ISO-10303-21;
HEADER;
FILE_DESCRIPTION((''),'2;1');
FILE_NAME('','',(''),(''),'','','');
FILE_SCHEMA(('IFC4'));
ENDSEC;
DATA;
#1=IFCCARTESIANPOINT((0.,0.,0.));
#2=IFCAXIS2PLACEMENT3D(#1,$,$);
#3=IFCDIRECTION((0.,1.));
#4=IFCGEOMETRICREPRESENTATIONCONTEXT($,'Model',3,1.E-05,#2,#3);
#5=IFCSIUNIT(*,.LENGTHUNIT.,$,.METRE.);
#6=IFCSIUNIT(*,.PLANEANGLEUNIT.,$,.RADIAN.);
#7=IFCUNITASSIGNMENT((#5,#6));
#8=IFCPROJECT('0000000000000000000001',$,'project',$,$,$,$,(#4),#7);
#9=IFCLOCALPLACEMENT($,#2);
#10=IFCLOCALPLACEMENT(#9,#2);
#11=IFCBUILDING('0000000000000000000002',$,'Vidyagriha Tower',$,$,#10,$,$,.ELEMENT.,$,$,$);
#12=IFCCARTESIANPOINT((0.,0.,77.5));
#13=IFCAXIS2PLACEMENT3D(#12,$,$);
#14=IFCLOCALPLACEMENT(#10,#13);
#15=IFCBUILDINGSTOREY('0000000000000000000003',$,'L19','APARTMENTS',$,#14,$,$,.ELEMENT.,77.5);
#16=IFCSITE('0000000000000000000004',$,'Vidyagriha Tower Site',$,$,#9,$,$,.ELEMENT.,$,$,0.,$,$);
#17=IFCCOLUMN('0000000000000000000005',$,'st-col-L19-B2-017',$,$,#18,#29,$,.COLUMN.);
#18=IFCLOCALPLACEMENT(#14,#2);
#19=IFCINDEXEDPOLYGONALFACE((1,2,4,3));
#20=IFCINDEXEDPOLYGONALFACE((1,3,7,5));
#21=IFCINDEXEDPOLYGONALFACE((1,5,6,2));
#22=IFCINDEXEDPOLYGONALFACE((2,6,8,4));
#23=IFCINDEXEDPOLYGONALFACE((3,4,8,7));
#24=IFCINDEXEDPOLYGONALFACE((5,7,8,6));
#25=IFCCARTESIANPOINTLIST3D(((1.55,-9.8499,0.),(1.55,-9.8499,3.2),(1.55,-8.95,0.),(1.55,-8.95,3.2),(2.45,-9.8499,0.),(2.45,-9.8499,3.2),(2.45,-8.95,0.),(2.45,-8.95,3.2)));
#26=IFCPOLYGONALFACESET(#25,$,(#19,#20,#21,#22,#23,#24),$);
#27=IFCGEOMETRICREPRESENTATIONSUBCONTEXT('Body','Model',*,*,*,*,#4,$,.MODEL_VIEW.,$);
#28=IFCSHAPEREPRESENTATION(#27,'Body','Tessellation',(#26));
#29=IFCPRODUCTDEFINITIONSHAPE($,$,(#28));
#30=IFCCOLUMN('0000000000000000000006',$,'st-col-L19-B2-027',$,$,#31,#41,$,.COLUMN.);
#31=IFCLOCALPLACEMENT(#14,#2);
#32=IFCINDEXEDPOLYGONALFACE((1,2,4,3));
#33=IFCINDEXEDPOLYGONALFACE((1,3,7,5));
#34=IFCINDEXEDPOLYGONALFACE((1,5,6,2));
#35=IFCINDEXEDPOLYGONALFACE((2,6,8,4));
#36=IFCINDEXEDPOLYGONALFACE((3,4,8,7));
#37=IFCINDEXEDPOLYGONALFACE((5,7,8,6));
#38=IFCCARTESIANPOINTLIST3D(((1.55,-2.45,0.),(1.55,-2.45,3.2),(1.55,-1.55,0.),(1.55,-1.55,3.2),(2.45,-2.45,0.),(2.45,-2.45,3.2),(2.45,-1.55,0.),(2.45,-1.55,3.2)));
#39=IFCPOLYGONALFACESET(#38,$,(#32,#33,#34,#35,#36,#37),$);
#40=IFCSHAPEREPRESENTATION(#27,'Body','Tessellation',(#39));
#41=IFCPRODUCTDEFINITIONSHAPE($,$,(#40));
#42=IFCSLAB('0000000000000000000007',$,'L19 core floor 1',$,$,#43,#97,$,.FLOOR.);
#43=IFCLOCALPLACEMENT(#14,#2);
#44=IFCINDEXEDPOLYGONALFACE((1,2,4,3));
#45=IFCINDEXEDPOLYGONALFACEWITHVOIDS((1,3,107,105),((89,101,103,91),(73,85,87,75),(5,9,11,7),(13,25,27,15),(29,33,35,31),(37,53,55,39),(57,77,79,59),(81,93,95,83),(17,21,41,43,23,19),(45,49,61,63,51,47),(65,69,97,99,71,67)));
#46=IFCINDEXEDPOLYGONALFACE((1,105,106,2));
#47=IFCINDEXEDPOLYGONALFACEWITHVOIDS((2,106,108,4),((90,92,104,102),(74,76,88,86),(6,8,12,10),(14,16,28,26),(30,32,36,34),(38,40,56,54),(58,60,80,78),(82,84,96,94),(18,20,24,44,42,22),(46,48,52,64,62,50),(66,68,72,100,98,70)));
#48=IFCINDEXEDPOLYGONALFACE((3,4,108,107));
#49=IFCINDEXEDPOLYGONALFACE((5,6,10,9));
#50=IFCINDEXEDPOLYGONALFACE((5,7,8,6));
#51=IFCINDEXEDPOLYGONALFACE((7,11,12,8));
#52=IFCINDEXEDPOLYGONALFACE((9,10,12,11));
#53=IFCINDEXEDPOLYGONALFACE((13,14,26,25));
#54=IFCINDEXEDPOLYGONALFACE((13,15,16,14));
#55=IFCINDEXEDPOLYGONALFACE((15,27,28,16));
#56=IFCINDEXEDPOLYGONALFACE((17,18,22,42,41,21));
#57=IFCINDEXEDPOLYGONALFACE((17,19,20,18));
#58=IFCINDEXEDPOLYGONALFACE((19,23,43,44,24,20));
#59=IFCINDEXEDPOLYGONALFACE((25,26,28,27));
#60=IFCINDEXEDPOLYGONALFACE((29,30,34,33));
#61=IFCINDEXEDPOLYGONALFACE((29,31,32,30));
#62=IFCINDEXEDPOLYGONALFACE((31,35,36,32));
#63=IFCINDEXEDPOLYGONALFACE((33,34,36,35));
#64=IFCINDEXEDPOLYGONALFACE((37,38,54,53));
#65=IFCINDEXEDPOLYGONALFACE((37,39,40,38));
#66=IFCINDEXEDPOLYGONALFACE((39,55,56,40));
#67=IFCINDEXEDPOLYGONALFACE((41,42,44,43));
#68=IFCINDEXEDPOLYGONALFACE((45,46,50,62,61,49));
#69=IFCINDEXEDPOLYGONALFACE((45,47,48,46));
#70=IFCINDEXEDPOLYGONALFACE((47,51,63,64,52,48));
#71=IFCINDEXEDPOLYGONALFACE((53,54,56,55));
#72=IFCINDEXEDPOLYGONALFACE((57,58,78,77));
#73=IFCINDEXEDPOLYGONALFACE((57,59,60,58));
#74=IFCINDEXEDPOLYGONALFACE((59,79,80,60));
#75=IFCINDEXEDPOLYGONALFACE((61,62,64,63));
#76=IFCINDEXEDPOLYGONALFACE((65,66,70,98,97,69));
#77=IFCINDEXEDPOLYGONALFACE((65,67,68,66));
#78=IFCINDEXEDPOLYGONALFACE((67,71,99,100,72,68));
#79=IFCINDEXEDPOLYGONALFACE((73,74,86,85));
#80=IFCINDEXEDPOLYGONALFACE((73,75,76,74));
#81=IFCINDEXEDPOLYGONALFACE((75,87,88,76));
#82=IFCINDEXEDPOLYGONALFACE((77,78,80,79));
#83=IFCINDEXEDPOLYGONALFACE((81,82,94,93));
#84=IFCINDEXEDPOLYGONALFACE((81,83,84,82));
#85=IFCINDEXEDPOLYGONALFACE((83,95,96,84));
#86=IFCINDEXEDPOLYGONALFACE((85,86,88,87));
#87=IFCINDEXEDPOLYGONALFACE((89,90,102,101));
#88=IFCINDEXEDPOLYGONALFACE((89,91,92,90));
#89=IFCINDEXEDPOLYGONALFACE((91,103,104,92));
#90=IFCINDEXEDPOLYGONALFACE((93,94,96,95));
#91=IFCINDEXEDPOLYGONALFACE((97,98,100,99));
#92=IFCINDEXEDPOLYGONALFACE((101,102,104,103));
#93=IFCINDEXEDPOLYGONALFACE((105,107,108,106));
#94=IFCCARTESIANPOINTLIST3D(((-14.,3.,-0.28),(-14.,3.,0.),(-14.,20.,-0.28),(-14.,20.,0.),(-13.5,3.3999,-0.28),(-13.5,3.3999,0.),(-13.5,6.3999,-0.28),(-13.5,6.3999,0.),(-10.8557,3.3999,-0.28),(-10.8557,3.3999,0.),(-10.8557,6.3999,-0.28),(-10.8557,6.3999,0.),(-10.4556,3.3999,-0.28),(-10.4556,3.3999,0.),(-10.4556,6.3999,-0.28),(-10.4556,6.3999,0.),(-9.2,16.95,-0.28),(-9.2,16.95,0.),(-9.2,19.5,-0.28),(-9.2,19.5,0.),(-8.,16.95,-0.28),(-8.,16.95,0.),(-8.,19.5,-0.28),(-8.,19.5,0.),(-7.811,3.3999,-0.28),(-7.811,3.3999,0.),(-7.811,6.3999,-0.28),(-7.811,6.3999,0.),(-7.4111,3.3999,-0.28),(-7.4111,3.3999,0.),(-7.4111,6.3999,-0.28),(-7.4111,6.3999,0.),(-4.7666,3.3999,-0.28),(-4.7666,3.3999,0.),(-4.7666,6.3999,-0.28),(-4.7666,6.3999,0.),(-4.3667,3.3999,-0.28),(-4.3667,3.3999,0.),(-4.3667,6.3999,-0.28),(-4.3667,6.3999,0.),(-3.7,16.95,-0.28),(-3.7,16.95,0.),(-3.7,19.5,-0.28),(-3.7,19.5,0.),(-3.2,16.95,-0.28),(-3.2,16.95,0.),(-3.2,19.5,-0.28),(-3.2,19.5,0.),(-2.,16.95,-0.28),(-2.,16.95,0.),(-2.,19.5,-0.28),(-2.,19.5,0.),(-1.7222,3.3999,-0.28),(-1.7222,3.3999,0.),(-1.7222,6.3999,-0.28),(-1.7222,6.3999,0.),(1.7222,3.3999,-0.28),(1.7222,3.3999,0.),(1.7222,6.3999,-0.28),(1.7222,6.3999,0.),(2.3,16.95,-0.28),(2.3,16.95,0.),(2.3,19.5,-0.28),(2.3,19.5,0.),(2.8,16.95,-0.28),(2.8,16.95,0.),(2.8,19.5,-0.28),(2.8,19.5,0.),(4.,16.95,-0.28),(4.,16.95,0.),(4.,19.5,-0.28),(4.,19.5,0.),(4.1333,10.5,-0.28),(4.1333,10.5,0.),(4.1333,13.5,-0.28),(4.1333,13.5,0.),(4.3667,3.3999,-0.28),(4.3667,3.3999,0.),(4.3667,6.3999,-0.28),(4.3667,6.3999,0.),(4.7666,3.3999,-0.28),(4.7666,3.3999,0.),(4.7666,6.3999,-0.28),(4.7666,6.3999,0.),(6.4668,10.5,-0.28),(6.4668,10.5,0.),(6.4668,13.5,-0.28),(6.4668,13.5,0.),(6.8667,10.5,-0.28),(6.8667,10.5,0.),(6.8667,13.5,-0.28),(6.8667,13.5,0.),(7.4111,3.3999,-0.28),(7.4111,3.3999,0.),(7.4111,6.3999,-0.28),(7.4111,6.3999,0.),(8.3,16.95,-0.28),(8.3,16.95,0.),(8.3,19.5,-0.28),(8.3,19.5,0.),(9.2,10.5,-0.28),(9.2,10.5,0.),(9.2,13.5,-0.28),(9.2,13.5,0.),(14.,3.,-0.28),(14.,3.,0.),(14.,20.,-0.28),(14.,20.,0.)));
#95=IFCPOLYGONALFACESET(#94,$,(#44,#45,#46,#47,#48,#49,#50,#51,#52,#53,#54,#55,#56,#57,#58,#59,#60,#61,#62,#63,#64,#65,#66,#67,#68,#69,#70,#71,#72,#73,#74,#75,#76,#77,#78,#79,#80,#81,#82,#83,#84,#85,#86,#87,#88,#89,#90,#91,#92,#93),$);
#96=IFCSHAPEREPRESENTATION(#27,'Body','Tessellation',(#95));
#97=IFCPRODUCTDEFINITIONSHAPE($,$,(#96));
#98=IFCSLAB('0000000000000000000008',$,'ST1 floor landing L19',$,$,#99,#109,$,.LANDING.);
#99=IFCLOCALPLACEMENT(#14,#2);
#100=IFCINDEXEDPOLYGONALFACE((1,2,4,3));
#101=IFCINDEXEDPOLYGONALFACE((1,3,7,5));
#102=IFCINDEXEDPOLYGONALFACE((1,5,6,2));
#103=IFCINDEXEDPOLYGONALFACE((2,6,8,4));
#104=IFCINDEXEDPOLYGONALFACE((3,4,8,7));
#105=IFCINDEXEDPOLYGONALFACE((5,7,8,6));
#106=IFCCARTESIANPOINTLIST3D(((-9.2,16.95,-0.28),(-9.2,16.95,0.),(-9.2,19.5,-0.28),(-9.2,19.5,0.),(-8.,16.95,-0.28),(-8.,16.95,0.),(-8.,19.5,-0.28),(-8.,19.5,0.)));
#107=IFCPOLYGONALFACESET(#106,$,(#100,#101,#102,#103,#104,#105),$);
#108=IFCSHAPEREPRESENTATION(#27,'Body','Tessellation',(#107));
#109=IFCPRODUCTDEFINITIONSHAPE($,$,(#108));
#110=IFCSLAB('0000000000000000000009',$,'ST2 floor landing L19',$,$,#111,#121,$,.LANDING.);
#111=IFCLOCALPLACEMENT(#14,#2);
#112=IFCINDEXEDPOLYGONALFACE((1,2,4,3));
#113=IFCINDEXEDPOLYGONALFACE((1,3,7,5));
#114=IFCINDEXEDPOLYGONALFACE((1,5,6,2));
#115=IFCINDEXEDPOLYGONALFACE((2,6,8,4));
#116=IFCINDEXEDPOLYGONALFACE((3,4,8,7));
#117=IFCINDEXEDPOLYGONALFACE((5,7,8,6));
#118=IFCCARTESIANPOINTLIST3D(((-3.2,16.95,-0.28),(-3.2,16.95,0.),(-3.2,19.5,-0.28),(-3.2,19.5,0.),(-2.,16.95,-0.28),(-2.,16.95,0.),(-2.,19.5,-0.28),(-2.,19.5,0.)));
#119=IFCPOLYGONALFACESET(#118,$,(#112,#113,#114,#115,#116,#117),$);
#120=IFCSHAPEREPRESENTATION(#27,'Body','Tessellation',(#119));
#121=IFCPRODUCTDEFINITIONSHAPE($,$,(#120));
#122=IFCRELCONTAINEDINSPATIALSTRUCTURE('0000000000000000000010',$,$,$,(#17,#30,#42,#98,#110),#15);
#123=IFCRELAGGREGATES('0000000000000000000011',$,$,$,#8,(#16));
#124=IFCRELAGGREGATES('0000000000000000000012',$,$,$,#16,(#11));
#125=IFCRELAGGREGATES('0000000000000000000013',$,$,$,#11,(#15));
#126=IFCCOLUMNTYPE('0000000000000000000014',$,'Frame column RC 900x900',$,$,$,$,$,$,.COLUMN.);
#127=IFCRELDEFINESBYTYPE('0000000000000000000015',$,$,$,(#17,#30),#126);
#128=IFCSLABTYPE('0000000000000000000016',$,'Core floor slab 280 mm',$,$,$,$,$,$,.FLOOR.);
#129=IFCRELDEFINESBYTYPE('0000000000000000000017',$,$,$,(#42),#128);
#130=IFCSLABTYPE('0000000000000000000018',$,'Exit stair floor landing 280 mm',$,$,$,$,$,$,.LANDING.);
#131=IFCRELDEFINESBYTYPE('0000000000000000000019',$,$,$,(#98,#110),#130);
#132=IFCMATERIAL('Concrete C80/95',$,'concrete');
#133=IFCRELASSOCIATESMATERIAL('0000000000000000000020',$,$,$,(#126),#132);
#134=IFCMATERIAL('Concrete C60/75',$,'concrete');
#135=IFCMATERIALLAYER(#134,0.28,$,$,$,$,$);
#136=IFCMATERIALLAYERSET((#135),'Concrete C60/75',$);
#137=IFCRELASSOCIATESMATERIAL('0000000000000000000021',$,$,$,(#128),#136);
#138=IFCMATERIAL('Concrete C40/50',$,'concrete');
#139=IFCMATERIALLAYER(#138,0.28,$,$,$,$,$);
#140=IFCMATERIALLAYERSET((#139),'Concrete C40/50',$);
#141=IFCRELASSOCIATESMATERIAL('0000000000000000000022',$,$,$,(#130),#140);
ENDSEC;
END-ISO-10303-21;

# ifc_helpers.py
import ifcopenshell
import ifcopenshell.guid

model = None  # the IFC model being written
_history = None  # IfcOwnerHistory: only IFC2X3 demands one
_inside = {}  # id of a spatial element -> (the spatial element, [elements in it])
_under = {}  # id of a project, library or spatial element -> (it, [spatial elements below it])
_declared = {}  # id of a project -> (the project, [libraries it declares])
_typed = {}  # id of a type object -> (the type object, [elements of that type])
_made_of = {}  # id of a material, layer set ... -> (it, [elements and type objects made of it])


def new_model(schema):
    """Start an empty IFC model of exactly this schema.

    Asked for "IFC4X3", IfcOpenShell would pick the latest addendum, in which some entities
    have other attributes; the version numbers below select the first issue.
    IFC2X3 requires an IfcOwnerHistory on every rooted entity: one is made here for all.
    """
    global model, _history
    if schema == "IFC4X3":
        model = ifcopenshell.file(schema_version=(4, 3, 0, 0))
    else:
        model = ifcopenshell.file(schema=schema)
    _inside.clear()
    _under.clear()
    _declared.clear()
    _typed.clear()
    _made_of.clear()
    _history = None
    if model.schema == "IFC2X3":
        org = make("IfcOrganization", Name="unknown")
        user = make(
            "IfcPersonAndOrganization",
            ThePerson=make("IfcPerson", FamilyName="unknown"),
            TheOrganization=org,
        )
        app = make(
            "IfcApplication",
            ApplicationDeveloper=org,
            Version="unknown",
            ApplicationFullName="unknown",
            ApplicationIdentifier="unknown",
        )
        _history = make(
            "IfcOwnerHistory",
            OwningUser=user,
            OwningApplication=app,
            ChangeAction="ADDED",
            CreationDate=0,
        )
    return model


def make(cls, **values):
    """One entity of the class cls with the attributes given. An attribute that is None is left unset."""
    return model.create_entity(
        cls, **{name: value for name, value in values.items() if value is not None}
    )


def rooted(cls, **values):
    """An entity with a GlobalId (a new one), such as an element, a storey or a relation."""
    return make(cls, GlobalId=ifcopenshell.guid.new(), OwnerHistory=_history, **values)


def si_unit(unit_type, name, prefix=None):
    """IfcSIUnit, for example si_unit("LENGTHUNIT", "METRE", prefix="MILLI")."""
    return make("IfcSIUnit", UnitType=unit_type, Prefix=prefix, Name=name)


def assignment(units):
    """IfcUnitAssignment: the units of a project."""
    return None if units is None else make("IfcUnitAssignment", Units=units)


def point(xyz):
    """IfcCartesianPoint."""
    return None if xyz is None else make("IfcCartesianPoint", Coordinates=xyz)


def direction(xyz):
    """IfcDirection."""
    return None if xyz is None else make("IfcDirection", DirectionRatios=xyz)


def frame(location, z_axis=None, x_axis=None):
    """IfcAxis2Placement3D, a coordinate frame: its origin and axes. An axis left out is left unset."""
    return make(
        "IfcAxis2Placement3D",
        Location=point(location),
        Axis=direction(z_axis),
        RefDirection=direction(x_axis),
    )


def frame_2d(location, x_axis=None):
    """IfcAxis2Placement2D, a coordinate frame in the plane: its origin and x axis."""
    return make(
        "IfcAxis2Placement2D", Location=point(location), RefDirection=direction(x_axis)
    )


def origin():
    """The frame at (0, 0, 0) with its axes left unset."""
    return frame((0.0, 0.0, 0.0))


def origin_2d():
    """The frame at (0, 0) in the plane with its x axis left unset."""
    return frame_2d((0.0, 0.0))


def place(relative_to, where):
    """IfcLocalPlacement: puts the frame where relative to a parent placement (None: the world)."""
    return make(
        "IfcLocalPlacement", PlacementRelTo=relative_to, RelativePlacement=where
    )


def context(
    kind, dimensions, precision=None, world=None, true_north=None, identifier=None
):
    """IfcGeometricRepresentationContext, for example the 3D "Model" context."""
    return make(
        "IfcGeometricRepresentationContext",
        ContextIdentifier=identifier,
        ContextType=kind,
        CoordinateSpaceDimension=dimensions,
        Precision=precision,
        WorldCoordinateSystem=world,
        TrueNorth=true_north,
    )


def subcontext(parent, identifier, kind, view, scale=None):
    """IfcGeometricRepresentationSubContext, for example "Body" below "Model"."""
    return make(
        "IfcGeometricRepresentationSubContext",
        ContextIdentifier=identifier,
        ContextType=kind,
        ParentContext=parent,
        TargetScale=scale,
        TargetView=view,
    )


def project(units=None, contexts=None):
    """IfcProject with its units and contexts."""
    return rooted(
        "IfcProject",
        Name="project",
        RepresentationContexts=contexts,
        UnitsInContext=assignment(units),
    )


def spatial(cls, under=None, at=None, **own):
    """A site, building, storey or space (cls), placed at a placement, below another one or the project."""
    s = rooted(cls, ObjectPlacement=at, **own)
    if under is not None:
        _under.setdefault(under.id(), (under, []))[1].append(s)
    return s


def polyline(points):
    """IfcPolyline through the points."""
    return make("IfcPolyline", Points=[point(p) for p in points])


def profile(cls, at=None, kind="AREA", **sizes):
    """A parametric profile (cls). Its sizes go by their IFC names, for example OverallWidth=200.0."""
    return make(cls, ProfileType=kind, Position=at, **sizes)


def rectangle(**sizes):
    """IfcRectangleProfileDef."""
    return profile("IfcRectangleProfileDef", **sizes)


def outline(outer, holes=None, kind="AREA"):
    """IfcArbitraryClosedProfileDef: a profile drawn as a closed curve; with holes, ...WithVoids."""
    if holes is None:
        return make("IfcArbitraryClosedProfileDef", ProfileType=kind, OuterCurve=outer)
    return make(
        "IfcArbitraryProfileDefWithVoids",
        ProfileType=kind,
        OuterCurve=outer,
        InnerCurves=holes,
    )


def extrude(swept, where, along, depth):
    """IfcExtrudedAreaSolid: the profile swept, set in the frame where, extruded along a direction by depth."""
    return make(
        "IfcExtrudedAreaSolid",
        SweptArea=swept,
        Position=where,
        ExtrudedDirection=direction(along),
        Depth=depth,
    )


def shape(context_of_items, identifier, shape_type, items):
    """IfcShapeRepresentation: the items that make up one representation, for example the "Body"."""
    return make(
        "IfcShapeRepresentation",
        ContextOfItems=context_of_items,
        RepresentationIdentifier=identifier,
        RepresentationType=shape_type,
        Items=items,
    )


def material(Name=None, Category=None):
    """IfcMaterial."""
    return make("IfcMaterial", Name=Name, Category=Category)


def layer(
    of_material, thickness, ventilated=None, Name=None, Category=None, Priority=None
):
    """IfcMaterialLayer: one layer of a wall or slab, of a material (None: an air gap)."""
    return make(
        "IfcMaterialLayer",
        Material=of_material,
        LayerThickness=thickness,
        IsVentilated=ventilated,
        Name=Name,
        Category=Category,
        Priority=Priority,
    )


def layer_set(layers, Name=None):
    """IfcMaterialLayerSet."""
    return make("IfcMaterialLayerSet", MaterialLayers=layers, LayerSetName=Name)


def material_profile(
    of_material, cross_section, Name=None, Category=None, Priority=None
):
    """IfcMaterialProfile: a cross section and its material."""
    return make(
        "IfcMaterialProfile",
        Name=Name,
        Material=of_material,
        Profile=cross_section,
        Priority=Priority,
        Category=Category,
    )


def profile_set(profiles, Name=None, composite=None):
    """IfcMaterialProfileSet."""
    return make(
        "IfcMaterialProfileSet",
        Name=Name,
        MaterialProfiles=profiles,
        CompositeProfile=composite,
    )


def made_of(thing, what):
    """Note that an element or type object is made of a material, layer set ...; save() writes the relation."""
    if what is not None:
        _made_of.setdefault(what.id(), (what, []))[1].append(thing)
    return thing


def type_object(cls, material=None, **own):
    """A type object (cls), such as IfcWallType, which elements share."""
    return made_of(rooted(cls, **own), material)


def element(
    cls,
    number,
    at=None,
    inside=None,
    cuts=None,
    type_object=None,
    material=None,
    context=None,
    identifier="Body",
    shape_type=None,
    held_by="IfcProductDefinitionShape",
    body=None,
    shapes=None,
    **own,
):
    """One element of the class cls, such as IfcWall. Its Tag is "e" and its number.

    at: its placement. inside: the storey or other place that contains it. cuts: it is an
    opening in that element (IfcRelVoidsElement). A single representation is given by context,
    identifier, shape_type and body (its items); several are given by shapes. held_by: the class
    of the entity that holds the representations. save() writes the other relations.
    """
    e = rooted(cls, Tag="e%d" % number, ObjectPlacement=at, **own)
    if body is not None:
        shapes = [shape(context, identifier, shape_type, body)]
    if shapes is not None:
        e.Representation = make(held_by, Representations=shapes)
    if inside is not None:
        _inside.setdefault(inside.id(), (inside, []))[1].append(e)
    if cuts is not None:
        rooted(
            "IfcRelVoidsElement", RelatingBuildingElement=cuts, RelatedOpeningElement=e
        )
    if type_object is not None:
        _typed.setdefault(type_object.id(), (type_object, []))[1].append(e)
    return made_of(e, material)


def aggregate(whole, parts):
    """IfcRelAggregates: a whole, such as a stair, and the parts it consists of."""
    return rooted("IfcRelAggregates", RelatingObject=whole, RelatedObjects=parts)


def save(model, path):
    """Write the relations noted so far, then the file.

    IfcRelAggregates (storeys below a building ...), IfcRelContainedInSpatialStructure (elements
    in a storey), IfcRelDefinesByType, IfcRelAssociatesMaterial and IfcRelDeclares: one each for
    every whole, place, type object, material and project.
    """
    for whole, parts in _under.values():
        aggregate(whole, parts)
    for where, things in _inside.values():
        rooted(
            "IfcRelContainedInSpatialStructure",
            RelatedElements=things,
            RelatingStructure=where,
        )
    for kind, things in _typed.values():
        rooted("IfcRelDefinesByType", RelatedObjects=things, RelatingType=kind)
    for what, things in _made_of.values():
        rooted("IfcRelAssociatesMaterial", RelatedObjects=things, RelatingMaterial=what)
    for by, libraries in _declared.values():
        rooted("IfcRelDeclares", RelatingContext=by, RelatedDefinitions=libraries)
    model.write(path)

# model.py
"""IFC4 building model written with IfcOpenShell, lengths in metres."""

from ifc_helpers import new_model, si_unit, direction, frame, origin, origin_2d, place, context, subcontext, project, spatial, polyline, rectangle, outline, extrude, material, layer, layer_set, material_profile, profile_set, type_object, element, save


model = new_model("IFC4")

# Units and contexts
model_context = context("Model", 3, precision=1e-05, world=origin(), true_north=direction((0.0, 1.0)))
body_context = subcontext(model_context, "Body", "Model", "MODEL_VIEW")
ifc_project = project(units=[si_unit("LENGTHUNIT", "METRE"), si_unit("PLANEANGLEUNIT", "RADIAN")], contexts=[model_context])

# Site, building, storey
site_placement = place(None, origin())
site = spatial("IfcSite", under=ifc_project, at=site_placement, Name="Vidyagriha Tower Site", CompositionType="ELEMENT", RefElevation=0.0)
building_placement = place(site_placement, origin())
building = spatial("IfcBuilding", under=site, at=building_placement, Name="Vidyagriha Tower", CompositionType="ELEMENT")
storey_placement = place(building_placement, frame((0.0, 0.0, 77.5)))
storey = spatial("IfcBuildingStorey", under=building, at=storey_placement, Name="L19", Description="APARTMENTS", CompositionType="ELEMENT", Elevation=77.5)

# Columns
ifc_material_1 = material(Name="Concrete C80/95", Category="concrete")
ifc_material_profile = material_profile(ifc_material_1, rectangle(XDim=0.8999, YDim=0.8999, at=origin_2d()), Name="RC 900x900")
ifc_profile_set = profile_set([ifc_material_profile], Name="Concrete C80/95")
column_type = type_object("IfcColumnType", Name="Frame column RC 900x900", PredefinedType="COLUMN", material=ifc_profile_set)
for number, where, name in (
    (1, (2.0, -9.3999, 0.0), "st-col-L19-B2-017"),
    (2, (2.0, -2.0, 0.0), "st-col-L19-B2-027"),
):
    element("IfcColumn", number, at=place(storey_placement, frame(where)), inside=storey, type_object=column_type, Name=name, PredefinedType="COLUMN", context=body_context, shape_type="SweptSolid", body=[
        extrude(rectangle(XDim=0.8999, YDim=0.8999, at=origin_2d()), origin(), (0.0, 0.0, 1.0), 3.2),
    ])

# Slabs
ifc_material_2 = material(Name="Concrete C60/75", Category="concrete")
ifc_layer_1 = layer(ifc_material_2, 0.28)
ifc_layer_set_1 = layer_set([ifc_layer_1], Name="Concrete C60/75")
slab_type_1 = type_object("IfcSlabType", Name="Core floor slab 280 mm", PredefinedType="FLOOR", material=ifc_layer_set_1)
slab_1_placement = place(storey_placement, frame((0.0, 0.0, -0.28)))
element("IfcSlab", 3, at=slab_1_placement, inside=storey, type_object=slab_type_1, Name="L19 core floor 1", PredefinedType="FLOOR", context=body_context, shape_type="SweptSolid", body=[
    extrude(outline(polyline([(-14.0, 3.0), (-14.0, 20.0), (14.0, 20.0), (14.0, 3.0), (-14.0, 3.0)]), holes=[polyline([(9.2, 13.5), (6.8667, 13.5), (6.8667, 10.5), (9.2, 10.5), (9.2, 13.5)]), polyline([(4.0, 19.5), (2.8, 19.5), (2.8, 16.95), (4.0, 16.95), (8.3, 16.95), (8.3, 19.5), (4.0, 19.5)]), polyline([(7.4111, 6.3999), (4.7666, 6.3999), (4.7666, 3.3999), (7.4111, 3.3999), (7.4111, 6.3999)]), polyline([(6.4668, 13.5), (4.1333, 13.5), (4.1333, 10.5), (6.4668, 10.5), (6.4668, 13.5)]), polyline([(1.7222, 6.3999), (1.7222, 3.3999), (4.3667, 3.3999), (4.3667, 6.3999), (1.7222, 6.3999)]), polyline([(-2.0, 16.95), (2.3, 16.95), (2.3, 19.5), (-2.0, 19.5), (-3.2, 19.5), (-3.2, 16.95), (-2.0, 16.95)]), polyline([(-1.7222, 6.3999), (-4.3667, 6.3999), (-4.3667, 3.3999), (-1.7222, 3.3999), (-1.7222, 6.3999)]), polyline([(-8.0, 19.5), (-9.2, 19.5), (-9.2, 16.95), (-8.0, 16.95), (-3.7, 16.95), (-3.7, 19.5), (-8.0, 19.5)]), polyline([(-4.7666, 6.3999), (-7.4111, 6.3999), (-7.4111, 3.3999), (-4.7666, 3.3999), (-4.7666, 6.3999)]), polyline([(-7.811, 6.3999), (-10.4556, 6.3999), (-10.4556, 3.3999), (-7.811, 3.3999), (-7.811, 6.3999)]), polyline([(-13.5, 6.3999), (-13.5, 3.3999), (-10.8557, 3.3999), (-10.8557, 6.3999), (-13.5, 6.3999)])]), origin(), (0.0, 0.0, 1.0), 0.28),
])
ifc_material_3 = material(Name="Concrete C40/50", Category="concrete")
ifc_layer_2 = layer(ifc_material_3, 0.28)
ifc_layer_set_2 = layer_set([ifc_layer_2], Name="Concrete C40/50")
slab_type_2 = type_object("IfcSlabType", Name="Exit stair floor landing 280 mm", PredefinedType="LANDING", material=ifc_layer_set_2)
slab_2_placement = place(storey_placement, frame((0.0, 0.0, -0.28)))
element("IfcSlab", 4, at=slab_2_placement, inside=storey, type_object=slab_type_2, Name="ST1 floor landing L19", PredefinedType="LANDING", context=body_context, shape_type="SweptSolid", body=[
    extrude(outline(polyline([(-9.2, 16.95), (-8.0, 16.95), (-8.0, 19.5), (-9.2, 19.5), (-9.2, 16.95)])), origin(), (0.0, 0.0, 1.0), 0.28),
])
slab_3_placement = place(storey_placement, frame((0.0, 0.0, -0.28)))
element("IfcSlab", 5, at=slab_3_placement, inside=storey, type_object=slab_type_2, Name="ST2 floor landing L19", PredefinedType="LANDING", context=body_context, shape_type="SweptSolid", body=[
    extrude(outline(polyline([(-3.2, 16.95), (-2.0, 16.95), (-2.0, 19.5), (-3.2, 19.5), (-3.2, 16.95)])), origin(), (0.0, 0.0, 1.0), 0.28),
])

save(model, "model.ifc")
